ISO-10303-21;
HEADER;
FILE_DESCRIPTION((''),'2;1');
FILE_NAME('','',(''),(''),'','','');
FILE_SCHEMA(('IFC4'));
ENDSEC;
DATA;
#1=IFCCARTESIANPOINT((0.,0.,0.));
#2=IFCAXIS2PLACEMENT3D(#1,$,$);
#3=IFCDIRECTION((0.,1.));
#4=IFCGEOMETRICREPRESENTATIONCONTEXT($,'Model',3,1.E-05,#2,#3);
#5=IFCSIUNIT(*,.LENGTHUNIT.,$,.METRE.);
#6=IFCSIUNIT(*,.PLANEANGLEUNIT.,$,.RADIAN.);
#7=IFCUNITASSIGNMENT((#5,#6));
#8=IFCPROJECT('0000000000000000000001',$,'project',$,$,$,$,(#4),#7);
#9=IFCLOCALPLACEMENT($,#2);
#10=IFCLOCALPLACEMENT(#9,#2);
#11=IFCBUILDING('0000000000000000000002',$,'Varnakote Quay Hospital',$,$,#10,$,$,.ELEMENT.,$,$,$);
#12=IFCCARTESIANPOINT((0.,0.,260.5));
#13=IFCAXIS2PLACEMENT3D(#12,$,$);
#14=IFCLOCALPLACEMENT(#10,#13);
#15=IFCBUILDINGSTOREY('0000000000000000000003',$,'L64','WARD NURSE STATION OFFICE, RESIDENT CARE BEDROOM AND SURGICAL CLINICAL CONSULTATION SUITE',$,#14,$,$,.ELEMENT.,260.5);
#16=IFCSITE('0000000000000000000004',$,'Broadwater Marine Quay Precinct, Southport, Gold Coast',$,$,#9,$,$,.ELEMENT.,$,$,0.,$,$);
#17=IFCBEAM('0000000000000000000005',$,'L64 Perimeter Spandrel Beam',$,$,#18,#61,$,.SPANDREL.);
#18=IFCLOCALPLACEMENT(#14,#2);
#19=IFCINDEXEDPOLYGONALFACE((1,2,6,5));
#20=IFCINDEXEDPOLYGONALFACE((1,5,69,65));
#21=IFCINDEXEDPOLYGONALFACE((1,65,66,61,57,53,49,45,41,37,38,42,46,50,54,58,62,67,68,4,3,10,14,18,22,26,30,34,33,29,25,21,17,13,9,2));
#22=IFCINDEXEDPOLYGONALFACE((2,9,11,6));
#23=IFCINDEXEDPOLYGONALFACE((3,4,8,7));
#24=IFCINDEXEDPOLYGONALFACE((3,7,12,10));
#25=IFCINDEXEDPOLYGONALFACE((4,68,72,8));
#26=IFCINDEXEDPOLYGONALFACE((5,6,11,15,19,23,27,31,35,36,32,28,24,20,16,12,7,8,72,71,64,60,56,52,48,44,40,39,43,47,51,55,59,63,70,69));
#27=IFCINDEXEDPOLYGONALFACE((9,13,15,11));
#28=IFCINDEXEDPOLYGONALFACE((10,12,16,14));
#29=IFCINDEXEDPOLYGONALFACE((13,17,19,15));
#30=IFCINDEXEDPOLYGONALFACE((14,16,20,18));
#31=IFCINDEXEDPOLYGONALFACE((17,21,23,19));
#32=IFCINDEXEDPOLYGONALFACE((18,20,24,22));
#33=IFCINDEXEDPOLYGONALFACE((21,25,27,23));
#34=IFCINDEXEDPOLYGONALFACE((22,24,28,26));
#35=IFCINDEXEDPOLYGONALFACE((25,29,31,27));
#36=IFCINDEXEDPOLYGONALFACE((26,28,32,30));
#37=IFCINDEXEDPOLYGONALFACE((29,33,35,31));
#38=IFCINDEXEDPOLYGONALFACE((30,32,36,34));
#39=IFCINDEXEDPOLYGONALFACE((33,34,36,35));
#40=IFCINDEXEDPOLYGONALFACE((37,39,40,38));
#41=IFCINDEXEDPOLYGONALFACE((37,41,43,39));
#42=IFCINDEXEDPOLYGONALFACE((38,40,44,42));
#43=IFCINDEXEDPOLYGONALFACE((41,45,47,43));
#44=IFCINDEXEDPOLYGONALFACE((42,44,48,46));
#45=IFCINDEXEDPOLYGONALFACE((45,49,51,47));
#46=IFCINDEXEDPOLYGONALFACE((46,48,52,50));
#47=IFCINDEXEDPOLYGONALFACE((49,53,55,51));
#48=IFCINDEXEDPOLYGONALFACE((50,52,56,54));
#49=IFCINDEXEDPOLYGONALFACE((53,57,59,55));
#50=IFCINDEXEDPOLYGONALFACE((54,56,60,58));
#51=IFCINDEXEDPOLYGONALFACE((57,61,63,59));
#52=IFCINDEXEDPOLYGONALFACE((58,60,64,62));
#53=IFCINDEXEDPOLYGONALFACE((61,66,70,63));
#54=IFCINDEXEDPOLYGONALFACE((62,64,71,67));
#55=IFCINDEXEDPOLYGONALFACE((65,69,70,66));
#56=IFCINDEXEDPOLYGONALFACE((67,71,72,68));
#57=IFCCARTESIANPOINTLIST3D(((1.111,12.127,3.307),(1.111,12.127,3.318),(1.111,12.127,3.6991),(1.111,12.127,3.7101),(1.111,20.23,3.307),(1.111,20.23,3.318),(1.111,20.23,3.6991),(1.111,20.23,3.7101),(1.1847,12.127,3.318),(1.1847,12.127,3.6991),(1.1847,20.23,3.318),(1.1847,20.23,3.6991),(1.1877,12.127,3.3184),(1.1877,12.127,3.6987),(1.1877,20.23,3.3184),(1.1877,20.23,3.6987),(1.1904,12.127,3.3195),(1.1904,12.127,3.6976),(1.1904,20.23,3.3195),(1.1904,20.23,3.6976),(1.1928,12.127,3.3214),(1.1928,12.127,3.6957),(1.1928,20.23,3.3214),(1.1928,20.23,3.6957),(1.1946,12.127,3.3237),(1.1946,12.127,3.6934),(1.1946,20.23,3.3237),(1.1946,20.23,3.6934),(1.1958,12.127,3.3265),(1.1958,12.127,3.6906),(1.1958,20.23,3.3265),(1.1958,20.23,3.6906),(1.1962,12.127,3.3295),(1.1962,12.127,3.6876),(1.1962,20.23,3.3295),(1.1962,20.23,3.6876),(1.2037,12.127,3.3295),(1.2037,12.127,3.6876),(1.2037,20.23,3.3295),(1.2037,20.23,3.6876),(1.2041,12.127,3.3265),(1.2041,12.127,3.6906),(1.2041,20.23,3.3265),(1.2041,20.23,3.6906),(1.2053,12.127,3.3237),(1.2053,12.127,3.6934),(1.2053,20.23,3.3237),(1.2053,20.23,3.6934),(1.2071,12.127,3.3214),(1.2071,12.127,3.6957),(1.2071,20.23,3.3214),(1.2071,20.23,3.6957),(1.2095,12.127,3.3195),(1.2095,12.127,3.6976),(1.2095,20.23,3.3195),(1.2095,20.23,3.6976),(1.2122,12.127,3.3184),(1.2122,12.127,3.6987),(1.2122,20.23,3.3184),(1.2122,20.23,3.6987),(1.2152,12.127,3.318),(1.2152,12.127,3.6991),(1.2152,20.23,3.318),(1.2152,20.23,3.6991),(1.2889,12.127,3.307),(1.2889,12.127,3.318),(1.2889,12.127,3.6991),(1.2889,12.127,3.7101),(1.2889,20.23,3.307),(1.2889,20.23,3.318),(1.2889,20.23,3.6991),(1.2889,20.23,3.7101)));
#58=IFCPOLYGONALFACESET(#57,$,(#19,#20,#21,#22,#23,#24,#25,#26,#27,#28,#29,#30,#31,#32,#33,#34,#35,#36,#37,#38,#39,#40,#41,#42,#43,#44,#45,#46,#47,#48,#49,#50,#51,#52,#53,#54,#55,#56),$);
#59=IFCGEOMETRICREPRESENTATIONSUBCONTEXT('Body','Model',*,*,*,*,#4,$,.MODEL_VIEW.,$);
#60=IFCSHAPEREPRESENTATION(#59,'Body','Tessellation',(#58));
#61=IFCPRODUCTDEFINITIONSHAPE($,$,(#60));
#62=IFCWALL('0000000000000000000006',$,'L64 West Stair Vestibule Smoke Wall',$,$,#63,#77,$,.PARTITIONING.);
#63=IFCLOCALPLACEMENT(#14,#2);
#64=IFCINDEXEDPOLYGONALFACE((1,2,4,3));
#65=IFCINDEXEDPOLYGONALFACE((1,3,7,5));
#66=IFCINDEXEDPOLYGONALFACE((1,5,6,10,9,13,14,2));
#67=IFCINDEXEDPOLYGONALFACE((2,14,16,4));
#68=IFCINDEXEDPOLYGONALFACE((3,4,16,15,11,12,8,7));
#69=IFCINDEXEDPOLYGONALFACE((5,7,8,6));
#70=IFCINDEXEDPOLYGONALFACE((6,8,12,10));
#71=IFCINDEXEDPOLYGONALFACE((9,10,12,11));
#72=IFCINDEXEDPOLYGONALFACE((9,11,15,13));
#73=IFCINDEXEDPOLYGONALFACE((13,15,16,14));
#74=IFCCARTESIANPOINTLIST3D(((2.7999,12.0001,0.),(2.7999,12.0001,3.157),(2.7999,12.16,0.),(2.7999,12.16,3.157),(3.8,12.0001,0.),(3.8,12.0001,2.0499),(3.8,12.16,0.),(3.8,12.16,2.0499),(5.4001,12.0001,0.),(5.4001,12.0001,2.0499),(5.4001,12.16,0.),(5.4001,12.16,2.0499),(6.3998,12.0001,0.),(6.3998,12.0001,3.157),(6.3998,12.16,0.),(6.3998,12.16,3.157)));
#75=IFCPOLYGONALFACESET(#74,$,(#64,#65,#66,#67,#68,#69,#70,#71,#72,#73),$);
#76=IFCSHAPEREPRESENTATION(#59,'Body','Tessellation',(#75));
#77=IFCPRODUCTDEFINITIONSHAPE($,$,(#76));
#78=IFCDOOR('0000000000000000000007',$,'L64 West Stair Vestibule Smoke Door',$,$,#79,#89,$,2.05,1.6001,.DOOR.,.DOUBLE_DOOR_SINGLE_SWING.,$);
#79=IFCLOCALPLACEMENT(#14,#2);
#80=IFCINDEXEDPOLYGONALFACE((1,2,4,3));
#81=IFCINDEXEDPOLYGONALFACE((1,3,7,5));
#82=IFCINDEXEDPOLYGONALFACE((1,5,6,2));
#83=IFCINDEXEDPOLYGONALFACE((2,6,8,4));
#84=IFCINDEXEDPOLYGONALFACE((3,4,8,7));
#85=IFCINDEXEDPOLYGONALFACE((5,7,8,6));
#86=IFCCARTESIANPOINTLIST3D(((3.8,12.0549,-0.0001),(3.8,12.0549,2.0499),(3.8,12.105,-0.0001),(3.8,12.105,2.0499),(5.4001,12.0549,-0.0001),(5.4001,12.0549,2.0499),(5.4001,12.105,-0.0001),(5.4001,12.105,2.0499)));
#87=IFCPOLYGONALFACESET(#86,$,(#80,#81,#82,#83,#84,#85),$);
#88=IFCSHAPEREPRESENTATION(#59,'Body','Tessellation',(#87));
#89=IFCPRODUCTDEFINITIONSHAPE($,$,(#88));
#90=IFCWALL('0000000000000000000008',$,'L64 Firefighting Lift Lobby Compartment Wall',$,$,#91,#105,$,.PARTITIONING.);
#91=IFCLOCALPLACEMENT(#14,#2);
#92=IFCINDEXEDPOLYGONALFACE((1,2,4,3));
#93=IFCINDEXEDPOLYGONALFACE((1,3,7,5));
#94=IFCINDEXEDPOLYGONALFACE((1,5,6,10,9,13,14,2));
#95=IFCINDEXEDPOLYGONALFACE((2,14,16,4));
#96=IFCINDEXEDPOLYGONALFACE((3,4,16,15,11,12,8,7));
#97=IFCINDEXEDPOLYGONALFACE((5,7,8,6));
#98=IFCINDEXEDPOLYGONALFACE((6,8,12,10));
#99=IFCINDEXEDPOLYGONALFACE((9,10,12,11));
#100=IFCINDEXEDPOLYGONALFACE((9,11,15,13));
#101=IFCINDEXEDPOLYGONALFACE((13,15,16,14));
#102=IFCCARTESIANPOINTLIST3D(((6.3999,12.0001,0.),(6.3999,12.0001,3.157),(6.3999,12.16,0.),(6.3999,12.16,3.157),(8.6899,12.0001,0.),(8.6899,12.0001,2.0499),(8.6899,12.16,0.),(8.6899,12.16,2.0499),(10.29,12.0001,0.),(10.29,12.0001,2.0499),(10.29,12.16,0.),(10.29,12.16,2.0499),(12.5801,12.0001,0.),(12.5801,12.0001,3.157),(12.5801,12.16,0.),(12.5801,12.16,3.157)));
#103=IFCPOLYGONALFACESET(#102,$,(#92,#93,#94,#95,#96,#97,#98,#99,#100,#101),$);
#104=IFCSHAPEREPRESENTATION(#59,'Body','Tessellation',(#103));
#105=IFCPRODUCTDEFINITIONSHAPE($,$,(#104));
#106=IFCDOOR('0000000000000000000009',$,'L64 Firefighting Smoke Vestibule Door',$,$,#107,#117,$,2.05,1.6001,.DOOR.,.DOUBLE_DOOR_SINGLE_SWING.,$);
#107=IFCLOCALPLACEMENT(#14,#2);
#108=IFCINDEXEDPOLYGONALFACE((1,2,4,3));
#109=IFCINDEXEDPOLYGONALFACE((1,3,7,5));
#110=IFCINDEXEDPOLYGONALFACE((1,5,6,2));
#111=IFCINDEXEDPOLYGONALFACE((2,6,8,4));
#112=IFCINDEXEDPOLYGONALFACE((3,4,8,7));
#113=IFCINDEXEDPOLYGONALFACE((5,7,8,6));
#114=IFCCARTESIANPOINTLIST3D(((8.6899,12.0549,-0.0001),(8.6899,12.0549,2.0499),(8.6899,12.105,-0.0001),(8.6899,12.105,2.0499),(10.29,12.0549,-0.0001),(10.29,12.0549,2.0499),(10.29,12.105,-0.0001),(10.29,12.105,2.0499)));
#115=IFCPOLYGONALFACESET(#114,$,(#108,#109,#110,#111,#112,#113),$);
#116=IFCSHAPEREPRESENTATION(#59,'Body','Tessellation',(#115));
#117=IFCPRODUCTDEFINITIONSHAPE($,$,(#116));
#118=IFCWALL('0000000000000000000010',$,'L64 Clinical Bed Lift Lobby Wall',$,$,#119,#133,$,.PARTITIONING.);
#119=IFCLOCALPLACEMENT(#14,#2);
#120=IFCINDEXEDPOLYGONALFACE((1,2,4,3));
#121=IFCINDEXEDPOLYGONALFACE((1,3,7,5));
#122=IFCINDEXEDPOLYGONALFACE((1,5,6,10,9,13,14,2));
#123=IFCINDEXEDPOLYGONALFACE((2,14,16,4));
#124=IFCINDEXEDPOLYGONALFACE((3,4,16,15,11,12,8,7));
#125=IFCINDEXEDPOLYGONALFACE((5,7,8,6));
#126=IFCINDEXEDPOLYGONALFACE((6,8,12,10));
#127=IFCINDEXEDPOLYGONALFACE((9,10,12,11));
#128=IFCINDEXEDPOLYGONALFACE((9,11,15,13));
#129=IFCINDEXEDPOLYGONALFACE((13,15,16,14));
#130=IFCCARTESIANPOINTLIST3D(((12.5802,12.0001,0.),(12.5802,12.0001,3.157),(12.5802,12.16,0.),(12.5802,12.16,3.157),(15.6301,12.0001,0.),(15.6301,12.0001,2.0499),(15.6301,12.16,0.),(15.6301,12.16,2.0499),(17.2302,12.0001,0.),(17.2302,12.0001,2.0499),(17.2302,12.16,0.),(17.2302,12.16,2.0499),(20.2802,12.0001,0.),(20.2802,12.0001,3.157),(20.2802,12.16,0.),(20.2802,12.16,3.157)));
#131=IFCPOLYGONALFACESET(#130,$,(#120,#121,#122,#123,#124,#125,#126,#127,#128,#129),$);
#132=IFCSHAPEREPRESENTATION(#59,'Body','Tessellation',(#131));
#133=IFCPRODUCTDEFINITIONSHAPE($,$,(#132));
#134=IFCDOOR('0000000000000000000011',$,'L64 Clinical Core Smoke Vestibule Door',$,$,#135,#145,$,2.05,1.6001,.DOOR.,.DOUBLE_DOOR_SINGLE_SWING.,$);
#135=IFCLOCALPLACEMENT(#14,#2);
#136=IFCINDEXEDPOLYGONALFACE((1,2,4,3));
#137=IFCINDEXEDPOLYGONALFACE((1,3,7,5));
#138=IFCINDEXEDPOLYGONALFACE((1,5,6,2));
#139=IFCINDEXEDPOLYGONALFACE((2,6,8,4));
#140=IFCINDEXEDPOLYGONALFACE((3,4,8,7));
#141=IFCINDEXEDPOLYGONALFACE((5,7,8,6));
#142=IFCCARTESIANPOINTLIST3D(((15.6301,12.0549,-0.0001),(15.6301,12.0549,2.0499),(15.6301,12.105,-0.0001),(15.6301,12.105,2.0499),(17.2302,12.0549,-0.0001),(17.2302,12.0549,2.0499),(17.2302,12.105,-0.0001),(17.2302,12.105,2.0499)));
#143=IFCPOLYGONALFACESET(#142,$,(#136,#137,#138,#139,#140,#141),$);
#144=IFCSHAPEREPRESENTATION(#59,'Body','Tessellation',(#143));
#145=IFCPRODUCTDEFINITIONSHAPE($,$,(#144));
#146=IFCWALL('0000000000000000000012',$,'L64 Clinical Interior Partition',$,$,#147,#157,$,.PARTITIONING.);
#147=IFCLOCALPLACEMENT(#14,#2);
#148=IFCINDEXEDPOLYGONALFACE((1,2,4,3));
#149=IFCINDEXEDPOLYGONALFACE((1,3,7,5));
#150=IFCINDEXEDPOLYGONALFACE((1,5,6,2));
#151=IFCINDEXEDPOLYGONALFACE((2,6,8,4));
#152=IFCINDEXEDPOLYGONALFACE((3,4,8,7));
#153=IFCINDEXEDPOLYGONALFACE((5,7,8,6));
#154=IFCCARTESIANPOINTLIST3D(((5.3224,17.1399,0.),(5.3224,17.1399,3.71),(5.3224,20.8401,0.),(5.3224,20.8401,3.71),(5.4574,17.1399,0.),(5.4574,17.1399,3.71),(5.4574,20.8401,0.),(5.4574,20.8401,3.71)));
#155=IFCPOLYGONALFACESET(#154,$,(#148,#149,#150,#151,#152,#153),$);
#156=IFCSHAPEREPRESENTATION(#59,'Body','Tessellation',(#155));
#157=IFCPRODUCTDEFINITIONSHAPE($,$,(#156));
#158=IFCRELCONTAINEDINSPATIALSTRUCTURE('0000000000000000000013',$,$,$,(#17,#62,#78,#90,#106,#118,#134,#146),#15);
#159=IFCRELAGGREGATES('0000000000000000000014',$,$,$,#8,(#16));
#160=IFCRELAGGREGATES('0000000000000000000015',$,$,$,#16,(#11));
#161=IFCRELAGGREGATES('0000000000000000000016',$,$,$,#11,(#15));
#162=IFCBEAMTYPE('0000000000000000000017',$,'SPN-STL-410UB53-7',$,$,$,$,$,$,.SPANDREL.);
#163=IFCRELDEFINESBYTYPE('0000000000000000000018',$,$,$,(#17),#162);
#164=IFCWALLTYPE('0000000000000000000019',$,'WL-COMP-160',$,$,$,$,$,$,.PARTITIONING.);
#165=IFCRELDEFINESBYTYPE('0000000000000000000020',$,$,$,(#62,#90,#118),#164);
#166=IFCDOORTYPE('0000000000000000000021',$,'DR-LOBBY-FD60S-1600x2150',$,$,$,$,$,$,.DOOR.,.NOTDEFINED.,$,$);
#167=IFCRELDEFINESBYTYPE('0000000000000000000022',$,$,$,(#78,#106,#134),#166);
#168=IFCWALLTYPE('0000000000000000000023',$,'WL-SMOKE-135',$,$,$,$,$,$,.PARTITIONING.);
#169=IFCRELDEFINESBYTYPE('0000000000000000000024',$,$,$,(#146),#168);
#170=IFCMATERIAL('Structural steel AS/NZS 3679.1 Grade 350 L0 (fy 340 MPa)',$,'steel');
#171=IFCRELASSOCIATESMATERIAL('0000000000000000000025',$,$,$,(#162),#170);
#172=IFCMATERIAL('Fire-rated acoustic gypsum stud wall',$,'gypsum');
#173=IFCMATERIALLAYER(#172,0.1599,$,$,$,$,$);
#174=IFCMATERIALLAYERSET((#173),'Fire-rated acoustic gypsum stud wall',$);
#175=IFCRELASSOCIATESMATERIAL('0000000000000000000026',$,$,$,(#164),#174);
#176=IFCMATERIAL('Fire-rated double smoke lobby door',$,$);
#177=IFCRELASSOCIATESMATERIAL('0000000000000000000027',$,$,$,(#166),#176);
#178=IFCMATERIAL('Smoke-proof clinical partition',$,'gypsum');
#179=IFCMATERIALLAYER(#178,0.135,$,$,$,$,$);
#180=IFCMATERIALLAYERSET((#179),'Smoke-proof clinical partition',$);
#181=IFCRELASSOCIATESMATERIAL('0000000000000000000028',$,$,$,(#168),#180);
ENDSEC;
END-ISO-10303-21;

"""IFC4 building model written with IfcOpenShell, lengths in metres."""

from ifc_helpers import new_model, si_unit, direction, frame, frame_2d, origin, origin_2d, place, context, subcontext, project, spatial, rectangle, i_section, extrude, material, layer, layer_set, material_profile, profile_set, type_object, element, fill, save


model = new_model("IFC4")

# Units and contexts
model_context = context("Model", 3, precision=1e-05, world=origin(), true_north=direction((0.0, 1.0)))
body_context = subcontext(model_context, "Body", "Model", "MODEL_VIEW")
ifc_project = project(units=[si_unit("LENGTHUNIT", "METRE"), si_unit("PLANEANGLEUNIT", "RADIAN")], contexts=[model_context])

# Site, building, storey
site_placement = place(None, origin())
site = spatial("IfcSite", under=ifc_project, at=site_placement, Name="Broadwater Marine Quay Precinct, Southport, Gold Coast", CompositionType="ELEMENT", RefElevation=0.0)
building_placement = place(site_placement, origin())
building = spatial("IfcBuilding", under=site, at=building_placement, Name="Varnakote Quay Hospital", CompositionType="ELEMENT")
storey_placement = place(building_placement, frame((0.0, 0.0, 260.5)))
storey = spatial("IfcBuildingStorey", under=building, at=storey_placement, Name="L64", Description="WARD NURSE STATION OFFICE, RESIDENT CARE BEDROOM AND SURGICAL CLINICAL CONSULTATION SUITE", CompositionType="ELEMENT", Elevation=260.5)

# Beam
ifc_material_1 = material(Name="Structural steel AS/NZS 3679.1 Grade 350 L0 (fy 340 MPa)", Category="steel")
ifc_material_profile_1 = material_profile(ifc_material_1, i_section(OverallWidth=0.178, OverallDepth=0.4031, WebThickness=0.0076, FlangeThickness=0.011, FilletRadius=0.0115, at=origin_2d()), Name="410UB53.7")
ifc_profile_set_1 = profile_set([ifc_material_profile_1], Name="Structural steel AS/NZS 3679.1 Grade 350 L0 (fy 340 MPa)")
beam_type_1 = type_object("IfcBeamType", Name="SPN-STL-410UB53-7", PredefinedType="SPANDREL", material=ifc_profile_set_1)
beam_1_placement = place(storey_placement, frame((1.2, 12.127, 3.5085), z_axis=(0.0, 1.0, 0.0), x_axis=(-1.0, 0.0, 0.0)))
element("IfcBeam", 1, at=beam_1_placement, inside=storey, type_object=beam_type_1, Name="L64 Perimeter Spandrel Beam", PredefinedType="SPANDREL", context=body_context, shape_type="SweptSolid", body=[
    extrude(i_section(OverallWidth=0.178, OverallDepth=0.4031, WebThickness=0.0076, FlangeThickness=0.011, FilletRadius=0.0115, at=origin_2d()), origin(), (0.0, 0.0, 1.0), 8.103),
])

# Walls, openings, doors
ifc_material_2 = material(Name="Fire-rated acoustic gypsum stud wall", Category="gypsum")
ifc_layer_1 = layer(ifc_material_2, 0.1599)
ifc_layer_set_1 = layer_set([ifc_layer_1], Name="Fire-rated acoustic gypsum stud wall")
wall_type_1 = type_object("IfcWallType", Name="WL-COMP-160", PredefinedType="PARTITIONING", material=ifc_layer_set_1)
wall_1_placement = place(storey_placement, frame((2.8, 12.0801, 0.0), z_axis=(0.0, 0.0, 1.0), x_axis=(1.0, 0.0, 0.0)))
wall_1 = element("IfcWall", 2, at=wall_1_placement, inside=storey, type_object=wall_type_1, Name="L64 West Stair Vestibule Smoke Wall", PredefinedType="PARTITIONING", context=body_context, shape_type="SweptSolid", body=[
    extrude(rectangle(XDim=3.5999, YDim=0.1599, at=frame_2d((1.7998, 0.0))), origin(), (0.0, 0.0, 1.0), 3.157),
])
opening_1_placement = place(wall_1_placement, frame((1.0, 0.0, 0.0)))
opening_1 = element("IfcOpeningElement", 3, at=opening_1_placement, cuts=wall_1, PredefinedType="OPENING", context=body_context, shape_type="SweptSolid", body=[
    extrude(rectangle(XDim=1.6001, YDim=2.05, at=frame_2d((0.8, 1.0249))), frame((0.0, 0.0898, 0.0), z_axis=(0.0, -1.0, 0.0), x_axis=(1.0, 0.0, 0.0)), (0.0, 0.0, 1.0), 0.1799),
])
ifc_material_3 = material(Name="Fire-rated double smoke lobby door")
door_type_1 = type_object("IfcDoorType", Name="DR-LOBBY-FD60S-1600x2150", OperationType="NOTDEFINED", PredefinedType="DOOR", material=ifc_material_3)
door_1_placement = place(opening_1_placement, origin())
door_1 = element("IfcDoor", 4, at=door_1_placement, inside=storey, type_object=door_type_1, Name="L64 West Stair Vestibule Smoke Door", OperationType="DOUBLE_DOOR_SINGLE_SWING", OverallHeight=2.05, OverallWidth=1.6001, PredefinedType="DOOR", context=body_context, shape_type="SweptSolid", body=[
    extrude(rectangle(XDim=1.6001, YDim=2.05, at=frame_2d((0.8, 1.0249))), frame((0.0, 0.0249, 0.0), z_axis=(0.0, -1.0, 0.0), x_axis=(1.0, 0.0, 0.0)), (0.0, 0.0, 1.0), 0.05),
])
fill(opening_1, door_1)
wall_2_placement = place(storey_placement, frame((6.3999, 12.0801, 0.0), z_axis=(0.0, 0.0, 1.0), x_axis=(1.0, 0.0, 0.0)))
wall_2 = element("IfcWall", 5, at=wall_2_placement, inside=storey, type_object=wall_type_1, Name="L64 Firefighting Lift Lobby Compartment Wall", PredefinedType="PARTITIONING", context=body_context, shape_type="SweptSolid", body=[
    extrude(rectangle(XDim=6.1802, YDim=0.1599, at=frame_2d((3.0901, 0.0))), origin(), (0.0, 0.0, 1.0), 3.157),
])
opening_2_placement = place(wall_2_placement, frame((2.29, 0.0, 0.0)))
opening_2 = element("IfcOpeningElement", 6, at=opening_2_placement, cuts=wall_2, PredefinedType="OPENING", context=body_context, shape_type="SweptSolid", body=[
    extrude(rectangle(XDim=1.6001, YDim=2.05, at=frame_2d((0.8, 1.0249))), frame((0.0, 0.0898, 0.0), z_axis=(0.0, -1.0, 0.0), x_axis=(1.0, 0.0, 0.0)), (0.0, 0.0, 1.0), 0.1799),
])
door_2_placement = place(opening_2_placement, origin())
door_2 = element("IfcDoor", 7, at=door_2_placement, inside=storey, type_object=door_type_1, Name="L64 Firefighting Smoke Vestibule Door", OperationType="DOUBLE_DOOR_SINGLE_SWING", OverallHeight=2.05, OverallWidth=1.6001, PredefinedType="DOOR", context=body_context, shape_type="SweptSolid", body=[
    extrude(rectangle(XDim=1.6001, YDim=2.05, at=frame_2d((0.8, 1.0249))), frame((0.0, 0.0249, 0.0), z_axis=(0.0, -1.0, 0.0), x_axis=(1.0, 0.0, 0.0)), (0.0, 0.0, 1.0), 0.05),
])
fill(opening_2, door_2)
wall_3_placement = place(storey_placement, frame((12.5801, 12.0801, 0.0), z_axis=(0.0, 0.0, 1.0), x_axis=(1.0, 0.0, 0.0)))
wall_3 = element("IfcWall", 8, at=wall_3_placement, inside=storey, type_object=wall_type_1, Name="L64 Clinical Bed Lift Lobby Wall", PredefinedType="PARTITIONING", context=body_context, shape_type="SweptSolid", body=[
    extrude(rectangle(XDim=7.7, YDim=0.1599, at=frame_2d((3.8501, 0.0))), origin(), (0.0, 0.0, 1.0), 3.157),
])
opening_3_placement = place(wall_3_placement, frame((3.05, 0.0, 0.0)))
opening_3 = element("IfcOpeningElement", 9, at=opening_3_placement, cuts=wall_3, PredefinedType="OPENING", context=body_context, shape_type="SweptSolid", body=[
    extrude(rectangle(XDim=1.6001, YDim=2.05, at=frame_2d((0.8, 1.0249))), frame((0.0, 0.0898, 0.0), z_axis=(0.0, -1.0, 0.0), x_axis=(1.0, 0.0, 0.0)), (0.0, 0.0, 1.0), 0.1799),
])
door_3_placement = place(opening_3_placement, origin())
door_3 = element("IfcDoor", 10, at=door_3_placement, inside=storey, type_object=door_type_1, Name="L64 Clinical Core Smoke Vestibule Door", OperationType="DOUBLE_DOOR_SINGLE_SWING", OverallHeight=2.05, OverallWidth=1.6001, PredefinedType="DOOR", context=body_context, shape_type="SweptSolid", body=[
    extrude(rectangle(XDim=1.6001, YDim=2.05, at=frame_2d((0.8, 1.0249))), frame((0.0, 0.0249, 0.0), z_axis=(0.0, -1.0, 0.0), x_axis=(1.0, 0.0, 0.0)), (0.0, 0.0, 1.0), 0.05),
])
fill(opening_3, door_3)

# Wall
ifc_material_4 = material(Name="Smoke-proof clinical partition", Category="gypsum")
ifc_layer_2 = layer(ifc_material_4, 0.135)
ifc_layer_set_2 = layer_set([ifc_layer_2], Name="Smoke-proof clinical partition")
wall_type_2 = type_object("IfcWallType", Name="WL-SMOKE-135", PredefinedType="PARTITIONING", material=ifc_layer_set_2)
wall_4_placement = place(storey_placement, frame((5.3899, 17.1399, 0.0), z_axis=(0.0, 0.0, 1.0), x_axis=(0.0, 1.0, 0.0)))
element("IfcWall", 11, at=wall_4_placement, inside=storey, type_object=wall_type_2, Name="L64 Clinical Interior Partition", PredefinedType="PARTITIONING", context=body_context, shape_type="SweptSolid", body=[
    extrude(rectangle(XDim=3.7002, YDim=0.135, at=frame_2d((1.8501, 0.0))), origin(), (0.0, 0.0, 1.0), 3.71),
])

save(model, "model.ifc")
